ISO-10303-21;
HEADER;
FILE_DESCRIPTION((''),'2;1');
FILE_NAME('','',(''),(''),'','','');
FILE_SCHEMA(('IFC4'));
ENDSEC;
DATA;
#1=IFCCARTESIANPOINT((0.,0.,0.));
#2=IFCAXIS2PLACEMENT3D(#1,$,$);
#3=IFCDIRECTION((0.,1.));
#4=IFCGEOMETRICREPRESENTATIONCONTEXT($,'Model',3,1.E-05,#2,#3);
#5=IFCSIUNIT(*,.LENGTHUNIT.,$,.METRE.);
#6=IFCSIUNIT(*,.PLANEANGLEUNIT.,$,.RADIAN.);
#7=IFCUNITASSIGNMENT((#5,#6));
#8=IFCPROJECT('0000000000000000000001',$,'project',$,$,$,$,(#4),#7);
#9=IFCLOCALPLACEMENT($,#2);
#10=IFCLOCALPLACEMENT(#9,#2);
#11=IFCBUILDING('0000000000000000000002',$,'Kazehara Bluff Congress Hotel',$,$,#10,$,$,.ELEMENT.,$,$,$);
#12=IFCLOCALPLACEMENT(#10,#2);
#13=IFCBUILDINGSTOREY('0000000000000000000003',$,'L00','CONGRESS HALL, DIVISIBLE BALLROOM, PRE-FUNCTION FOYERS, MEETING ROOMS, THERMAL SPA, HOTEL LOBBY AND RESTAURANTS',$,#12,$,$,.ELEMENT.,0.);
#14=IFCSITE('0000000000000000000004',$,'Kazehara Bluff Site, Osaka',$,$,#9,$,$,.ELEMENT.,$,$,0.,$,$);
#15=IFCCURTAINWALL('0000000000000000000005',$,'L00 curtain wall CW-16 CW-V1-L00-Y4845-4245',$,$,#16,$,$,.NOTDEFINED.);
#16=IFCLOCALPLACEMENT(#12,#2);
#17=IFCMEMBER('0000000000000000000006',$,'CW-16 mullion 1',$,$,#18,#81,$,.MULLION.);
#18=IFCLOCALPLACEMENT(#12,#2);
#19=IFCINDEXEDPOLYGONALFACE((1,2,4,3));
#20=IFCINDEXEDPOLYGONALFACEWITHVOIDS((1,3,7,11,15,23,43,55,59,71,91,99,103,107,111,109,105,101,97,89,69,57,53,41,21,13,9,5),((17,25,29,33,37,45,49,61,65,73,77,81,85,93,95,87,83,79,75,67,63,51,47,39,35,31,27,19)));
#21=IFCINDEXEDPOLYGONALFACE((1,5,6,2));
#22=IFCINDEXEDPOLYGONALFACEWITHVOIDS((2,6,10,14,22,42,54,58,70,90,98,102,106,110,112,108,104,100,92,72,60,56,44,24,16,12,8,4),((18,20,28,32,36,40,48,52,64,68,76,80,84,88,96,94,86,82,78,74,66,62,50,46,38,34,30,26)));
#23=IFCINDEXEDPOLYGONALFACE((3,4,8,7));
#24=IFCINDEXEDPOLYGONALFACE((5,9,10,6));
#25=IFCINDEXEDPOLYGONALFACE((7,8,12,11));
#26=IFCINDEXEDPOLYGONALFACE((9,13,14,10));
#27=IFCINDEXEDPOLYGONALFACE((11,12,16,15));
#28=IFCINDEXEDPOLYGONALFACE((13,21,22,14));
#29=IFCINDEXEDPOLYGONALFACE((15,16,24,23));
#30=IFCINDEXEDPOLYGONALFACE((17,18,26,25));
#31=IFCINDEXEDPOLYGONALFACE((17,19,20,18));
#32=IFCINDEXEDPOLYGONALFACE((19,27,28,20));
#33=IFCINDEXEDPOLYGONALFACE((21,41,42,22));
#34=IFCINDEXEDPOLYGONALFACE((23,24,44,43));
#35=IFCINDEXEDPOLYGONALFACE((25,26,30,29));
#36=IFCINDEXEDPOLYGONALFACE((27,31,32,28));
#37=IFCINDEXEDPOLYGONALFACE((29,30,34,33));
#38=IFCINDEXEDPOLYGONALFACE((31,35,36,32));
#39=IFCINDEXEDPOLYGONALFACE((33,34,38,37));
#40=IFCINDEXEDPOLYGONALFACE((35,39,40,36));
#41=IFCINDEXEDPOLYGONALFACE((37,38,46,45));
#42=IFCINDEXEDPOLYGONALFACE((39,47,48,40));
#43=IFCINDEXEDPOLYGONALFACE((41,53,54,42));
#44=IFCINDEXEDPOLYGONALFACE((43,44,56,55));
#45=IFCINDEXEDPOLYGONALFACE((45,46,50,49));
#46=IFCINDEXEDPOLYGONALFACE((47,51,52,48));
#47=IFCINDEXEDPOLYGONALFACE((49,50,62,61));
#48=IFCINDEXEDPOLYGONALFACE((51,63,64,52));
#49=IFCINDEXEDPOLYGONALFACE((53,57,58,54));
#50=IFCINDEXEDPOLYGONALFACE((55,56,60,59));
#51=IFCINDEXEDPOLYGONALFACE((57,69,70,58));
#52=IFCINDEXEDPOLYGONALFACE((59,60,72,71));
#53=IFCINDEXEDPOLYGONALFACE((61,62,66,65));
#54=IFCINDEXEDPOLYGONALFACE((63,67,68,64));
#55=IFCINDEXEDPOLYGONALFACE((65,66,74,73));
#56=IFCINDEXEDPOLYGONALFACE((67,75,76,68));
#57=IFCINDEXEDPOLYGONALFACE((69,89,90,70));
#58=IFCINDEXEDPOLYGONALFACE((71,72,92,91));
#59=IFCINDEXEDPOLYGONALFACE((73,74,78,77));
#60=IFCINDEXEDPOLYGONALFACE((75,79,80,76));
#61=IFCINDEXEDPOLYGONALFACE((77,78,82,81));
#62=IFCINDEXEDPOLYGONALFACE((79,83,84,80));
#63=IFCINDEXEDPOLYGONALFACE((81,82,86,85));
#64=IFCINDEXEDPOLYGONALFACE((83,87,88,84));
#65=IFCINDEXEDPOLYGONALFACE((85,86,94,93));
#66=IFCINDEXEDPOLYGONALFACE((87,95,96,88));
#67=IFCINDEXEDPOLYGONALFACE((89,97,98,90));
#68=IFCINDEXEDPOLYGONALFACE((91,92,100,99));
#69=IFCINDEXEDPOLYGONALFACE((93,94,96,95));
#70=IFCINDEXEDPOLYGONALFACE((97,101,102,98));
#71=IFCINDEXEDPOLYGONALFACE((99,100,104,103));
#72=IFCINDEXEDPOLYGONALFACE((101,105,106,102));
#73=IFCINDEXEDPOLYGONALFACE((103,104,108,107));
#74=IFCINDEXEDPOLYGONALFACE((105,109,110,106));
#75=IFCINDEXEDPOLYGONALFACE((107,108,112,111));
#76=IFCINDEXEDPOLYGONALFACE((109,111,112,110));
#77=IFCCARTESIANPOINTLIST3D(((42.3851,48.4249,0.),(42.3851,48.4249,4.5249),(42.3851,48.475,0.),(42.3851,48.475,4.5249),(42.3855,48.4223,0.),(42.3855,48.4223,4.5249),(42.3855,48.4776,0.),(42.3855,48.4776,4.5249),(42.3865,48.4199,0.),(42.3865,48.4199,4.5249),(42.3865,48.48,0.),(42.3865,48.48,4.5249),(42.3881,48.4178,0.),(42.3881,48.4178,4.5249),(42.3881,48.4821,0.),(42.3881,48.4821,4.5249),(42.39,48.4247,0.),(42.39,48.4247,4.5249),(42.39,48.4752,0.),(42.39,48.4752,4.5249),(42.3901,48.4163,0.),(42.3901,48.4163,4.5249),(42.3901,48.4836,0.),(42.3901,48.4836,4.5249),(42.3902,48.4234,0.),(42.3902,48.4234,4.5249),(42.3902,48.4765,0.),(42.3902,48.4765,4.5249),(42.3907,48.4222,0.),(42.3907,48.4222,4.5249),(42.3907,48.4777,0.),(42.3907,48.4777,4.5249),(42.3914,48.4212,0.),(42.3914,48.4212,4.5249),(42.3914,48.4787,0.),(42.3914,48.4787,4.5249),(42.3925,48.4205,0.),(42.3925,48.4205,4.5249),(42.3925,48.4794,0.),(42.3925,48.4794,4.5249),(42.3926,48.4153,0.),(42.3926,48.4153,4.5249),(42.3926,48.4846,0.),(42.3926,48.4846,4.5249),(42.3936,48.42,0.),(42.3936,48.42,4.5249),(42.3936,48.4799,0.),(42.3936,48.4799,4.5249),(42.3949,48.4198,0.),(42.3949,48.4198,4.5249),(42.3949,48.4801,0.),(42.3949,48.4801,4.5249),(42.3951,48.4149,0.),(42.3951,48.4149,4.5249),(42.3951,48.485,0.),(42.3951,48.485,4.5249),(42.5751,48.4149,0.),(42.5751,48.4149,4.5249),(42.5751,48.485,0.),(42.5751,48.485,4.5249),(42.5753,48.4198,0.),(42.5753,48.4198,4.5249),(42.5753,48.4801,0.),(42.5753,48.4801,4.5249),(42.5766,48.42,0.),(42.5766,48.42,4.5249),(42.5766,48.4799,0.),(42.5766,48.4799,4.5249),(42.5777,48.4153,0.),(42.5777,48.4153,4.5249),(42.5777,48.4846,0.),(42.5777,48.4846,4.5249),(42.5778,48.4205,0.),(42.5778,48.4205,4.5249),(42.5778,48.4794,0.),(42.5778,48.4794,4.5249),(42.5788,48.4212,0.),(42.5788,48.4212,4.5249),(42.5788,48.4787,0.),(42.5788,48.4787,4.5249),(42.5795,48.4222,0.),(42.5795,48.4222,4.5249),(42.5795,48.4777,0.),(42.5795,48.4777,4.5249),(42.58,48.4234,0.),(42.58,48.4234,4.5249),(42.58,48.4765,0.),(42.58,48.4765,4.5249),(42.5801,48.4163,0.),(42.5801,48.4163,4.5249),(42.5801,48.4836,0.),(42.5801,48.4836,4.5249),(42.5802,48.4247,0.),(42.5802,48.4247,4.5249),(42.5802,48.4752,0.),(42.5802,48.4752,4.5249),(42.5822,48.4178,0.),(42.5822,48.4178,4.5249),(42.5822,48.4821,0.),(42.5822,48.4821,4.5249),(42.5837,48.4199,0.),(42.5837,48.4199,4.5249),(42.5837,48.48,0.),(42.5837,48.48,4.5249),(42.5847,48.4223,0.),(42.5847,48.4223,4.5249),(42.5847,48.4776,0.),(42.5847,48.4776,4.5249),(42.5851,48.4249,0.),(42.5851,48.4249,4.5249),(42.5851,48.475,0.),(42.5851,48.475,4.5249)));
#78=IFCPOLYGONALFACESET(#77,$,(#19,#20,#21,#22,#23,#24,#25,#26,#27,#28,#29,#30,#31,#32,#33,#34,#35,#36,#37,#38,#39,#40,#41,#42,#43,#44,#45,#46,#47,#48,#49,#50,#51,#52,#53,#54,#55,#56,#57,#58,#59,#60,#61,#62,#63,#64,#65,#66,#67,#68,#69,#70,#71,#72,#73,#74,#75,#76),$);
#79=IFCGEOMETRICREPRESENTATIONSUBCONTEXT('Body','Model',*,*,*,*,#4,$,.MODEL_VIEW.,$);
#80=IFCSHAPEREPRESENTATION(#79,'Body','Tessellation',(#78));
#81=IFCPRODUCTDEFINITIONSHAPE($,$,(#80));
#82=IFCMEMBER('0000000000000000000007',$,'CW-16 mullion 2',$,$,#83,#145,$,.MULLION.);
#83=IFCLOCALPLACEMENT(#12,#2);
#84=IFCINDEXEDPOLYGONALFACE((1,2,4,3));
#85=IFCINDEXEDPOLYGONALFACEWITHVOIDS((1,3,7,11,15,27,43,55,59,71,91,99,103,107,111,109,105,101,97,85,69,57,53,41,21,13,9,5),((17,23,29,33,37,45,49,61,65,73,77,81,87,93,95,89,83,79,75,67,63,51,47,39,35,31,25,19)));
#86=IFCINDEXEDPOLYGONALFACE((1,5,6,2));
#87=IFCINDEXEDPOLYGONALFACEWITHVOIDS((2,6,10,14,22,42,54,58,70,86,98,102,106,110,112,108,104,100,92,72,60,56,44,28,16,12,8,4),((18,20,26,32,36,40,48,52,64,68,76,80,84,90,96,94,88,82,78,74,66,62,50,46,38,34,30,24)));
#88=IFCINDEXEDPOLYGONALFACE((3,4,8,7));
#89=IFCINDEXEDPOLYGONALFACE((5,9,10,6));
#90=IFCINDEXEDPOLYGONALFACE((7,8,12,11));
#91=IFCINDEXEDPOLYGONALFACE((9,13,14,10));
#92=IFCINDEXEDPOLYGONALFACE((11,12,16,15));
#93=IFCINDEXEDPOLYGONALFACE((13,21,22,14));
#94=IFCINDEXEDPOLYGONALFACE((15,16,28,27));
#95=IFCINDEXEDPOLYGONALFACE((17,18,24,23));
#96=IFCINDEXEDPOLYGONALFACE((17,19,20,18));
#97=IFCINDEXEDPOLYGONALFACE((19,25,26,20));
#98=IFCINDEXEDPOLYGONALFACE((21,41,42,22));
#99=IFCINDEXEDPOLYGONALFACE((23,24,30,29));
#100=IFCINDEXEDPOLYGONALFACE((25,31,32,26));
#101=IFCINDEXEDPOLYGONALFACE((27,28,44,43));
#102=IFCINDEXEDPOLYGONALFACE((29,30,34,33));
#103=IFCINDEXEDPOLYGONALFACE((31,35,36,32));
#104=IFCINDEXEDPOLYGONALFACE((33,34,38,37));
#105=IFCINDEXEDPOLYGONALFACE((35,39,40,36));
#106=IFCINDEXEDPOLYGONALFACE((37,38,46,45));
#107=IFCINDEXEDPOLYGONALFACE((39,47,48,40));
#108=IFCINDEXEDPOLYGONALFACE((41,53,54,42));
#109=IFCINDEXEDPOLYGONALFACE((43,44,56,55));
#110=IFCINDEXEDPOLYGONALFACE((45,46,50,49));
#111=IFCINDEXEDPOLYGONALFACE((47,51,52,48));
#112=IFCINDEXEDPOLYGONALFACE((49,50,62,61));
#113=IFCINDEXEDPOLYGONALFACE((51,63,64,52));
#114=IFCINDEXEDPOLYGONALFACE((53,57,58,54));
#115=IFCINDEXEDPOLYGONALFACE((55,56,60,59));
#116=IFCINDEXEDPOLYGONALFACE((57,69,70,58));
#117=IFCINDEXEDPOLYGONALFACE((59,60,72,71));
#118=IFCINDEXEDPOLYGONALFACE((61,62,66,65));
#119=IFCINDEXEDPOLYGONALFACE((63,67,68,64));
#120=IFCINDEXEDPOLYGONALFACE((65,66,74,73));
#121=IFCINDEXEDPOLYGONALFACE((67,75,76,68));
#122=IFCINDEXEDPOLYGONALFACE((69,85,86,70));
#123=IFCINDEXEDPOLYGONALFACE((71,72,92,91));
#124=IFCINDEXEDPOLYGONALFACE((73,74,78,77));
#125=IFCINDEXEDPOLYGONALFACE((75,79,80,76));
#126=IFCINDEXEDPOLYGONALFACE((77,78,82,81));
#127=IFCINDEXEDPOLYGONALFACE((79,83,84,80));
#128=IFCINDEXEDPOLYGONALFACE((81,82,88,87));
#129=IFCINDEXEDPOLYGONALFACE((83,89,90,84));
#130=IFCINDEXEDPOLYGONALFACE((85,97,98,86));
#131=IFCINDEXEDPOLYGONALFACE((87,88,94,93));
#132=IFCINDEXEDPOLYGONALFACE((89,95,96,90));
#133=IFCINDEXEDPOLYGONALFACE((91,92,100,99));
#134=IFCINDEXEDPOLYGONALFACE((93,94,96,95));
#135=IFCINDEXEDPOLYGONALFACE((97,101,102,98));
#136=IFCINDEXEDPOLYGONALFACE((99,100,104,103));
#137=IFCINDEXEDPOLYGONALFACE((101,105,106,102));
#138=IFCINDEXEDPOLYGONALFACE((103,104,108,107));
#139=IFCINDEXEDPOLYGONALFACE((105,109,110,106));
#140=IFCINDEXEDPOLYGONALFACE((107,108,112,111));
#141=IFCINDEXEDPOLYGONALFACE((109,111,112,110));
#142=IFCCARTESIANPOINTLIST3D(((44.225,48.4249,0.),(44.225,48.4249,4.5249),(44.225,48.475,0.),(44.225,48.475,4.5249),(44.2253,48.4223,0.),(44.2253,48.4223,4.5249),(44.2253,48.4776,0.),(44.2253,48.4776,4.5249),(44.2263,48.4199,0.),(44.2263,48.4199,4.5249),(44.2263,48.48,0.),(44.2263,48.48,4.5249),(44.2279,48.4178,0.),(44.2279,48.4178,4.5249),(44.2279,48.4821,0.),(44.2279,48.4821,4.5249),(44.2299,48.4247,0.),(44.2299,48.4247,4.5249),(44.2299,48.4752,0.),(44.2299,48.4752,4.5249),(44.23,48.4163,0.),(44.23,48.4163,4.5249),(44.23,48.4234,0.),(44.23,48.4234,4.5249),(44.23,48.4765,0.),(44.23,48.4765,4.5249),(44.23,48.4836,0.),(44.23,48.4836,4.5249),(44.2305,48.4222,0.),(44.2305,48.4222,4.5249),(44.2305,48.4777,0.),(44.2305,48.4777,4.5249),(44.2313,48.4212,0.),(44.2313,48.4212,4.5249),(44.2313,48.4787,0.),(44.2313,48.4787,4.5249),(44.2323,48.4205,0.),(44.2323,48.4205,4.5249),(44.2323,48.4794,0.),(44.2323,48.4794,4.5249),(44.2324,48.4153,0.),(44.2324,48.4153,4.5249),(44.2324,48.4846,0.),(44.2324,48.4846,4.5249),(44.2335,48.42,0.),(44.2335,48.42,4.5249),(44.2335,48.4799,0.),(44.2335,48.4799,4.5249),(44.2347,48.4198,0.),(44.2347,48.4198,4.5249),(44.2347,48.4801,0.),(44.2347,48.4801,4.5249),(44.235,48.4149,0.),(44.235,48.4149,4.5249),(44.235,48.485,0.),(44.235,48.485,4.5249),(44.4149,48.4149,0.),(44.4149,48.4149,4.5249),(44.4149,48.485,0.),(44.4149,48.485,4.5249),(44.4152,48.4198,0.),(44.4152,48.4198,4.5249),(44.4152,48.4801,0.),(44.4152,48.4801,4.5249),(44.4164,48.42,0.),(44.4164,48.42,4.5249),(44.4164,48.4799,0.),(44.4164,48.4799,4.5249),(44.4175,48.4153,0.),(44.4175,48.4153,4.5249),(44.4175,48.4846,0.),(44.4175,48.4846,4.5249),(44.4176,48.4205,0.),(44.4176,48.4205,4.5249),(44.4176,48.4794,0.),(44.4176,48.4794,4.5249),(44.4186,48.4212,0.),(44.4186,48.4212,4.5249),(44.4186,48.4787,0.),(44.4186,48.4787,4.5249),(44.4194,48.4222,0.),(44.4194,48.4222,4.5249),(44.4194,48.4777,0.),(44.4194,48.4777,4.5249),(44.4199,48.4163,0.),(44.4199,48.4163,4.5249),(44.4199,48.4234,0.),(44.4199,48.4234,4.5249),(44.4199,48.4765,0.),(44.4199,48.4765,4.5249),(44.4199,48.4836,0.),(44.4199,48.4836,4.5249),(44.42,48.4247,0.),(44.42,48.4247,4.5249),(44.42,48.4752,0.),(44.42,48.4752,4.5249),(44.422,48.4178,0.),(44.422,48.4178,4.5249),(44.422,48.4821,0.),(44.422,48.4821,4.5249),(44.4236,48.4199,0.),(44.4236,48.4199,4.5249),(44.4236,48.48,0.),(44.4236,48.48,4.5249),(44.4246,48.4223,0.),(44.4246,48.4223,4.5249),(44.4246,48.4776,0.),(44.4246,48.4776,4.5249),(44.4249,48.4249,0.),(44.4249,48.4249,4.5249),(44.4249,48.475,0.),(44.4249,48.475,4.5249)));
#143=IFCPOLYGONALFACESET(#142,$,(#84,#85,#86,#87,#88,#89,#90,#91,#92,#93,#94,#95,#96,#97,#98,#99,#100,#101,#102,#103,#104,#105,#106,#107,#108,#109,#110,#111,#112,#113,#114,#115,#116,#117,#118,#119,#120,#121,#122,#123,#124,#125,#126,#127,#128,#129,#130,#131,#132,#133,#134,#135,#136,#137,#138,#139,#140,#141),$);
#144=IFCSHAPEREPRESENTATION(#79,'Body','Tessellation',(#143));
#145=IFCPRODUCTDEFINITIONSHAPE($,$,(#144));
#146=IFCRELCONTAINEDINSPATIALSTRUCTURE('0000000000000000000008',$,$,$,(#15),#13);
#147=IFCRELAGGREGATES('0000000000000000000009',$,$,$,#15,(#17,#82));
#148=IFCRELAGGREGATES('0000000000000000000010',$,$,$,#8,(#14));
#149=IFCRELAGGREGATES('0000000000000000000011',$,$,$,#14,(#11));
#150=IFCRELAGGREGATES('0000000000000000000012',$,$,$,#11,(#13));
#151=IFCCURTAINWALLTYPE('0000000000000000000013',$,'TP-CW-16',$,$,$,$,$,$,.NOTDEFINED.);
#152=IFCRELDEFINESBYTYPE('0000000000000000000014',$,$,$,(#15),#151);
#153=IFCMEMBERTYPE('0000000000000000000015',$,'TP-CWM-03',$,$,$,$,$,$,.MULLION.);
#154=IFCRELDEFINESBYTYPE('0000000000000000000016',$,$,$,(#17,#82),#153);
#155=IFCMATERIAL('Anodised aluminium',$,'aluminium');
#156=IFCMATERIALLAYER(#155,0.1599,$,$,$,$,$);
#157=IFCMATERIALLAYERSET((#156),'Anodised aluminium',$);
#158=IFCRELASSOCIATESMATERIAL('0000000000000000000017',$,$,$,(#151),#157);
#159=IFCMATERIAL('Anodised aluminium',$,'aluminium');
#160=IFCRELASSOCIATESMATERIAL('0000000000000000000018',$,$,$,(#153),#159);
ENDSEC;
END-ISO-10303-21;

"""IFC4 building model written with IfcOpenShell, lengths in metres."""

from ifc_helpers import new_model, si_unit, direction, frame, origin, origin_2d, place, context, subcontext, project, spatial, hollow_rectangle, extrude, material, layer, layer_set, material_profile, profile_set, type_object, element, aggregate, save


model = new_model("IFC4")

# Units and contexts
model_context = context("Model", 3, precision=1e-05, world=origin(), true_north=direction((0.0, 1.0)))
body_context = subcontext(model_context, "Body", "Model", "MODEL_VIEW")
ifc_project = project(units=[si_unit("LENGTHUNIT", "METRE"), si_unit("PLANEANGLEUNIT", "RADIAN")], contexts=[model_context])

# Site, building, storey
site_placement = place(None, origin())
site = spatial("IfcSite", under=ifc_project, at=site_placement, Name="Kazehara Bluff Site, Osaka", CompositionType="ELEMENT", RefElevation=0.0)
building_placement = place(site_placement, origin())
building = spatial("IfcBuilding", under=site, at=building_placement, Name="Kazehara Bluff Congress Hotel", CompositionType="ELEMENT")
storey_placement = place(building_placement, origin())
storey = spatial("IfcBuildingStorey", under=building, at=storey_placement, Name="L00", Description="CONGRESS HALL, DIVISIBLE BALLROOM, PRE-FUNCTION FOYERS, MEETING ROOMS, THERMAL SPA, HOTEL LOBBY AND RESTAURANTS", CompositionType="ELEMENT", Elevation=0.0)

# Shared definitions
ifc_material_1 = material(Name="Anodised aluminium", Category="aluminium")
ifc_layer_1 = layer(ifc_material_1, 0.1599)
ifc_layer_set_1 = layer_set([ifc_layer_1], Name="Anodised aluminium")
curtain_wall_type = type_object("IfcCurtainWallType", Name="TP-CW-16", PredefinedType="NOTDEFINED", material=ifc_layer_set_1)
ifc_material_2 = material(Name="Anodised aluminium", Category="aluminium")
ifc_material_profile_1 = material_profile(ifc_material_2, hollow_rectangle(XDim=0.0701, YDim=0.2, WallThickness=0.0049, InnerFilletRadius=0.0049, OuterFilletRadius=0.01, at=origin_2d()))
ifc_profile_set_1 = profile_set([ifc_material_profile_1], Name="Anodised aluminium")
member_type_1 = type_object("IfcMemberType", Name="TP-CWM-03", PredefinedType="MULLION", material=ifc_profile_set_1)

# Curtain wall, members
curtain_wall_1_placement = place(storey_placement, origin())
curtain_wall_1 = element("IfcCurtainWall", 1, at=curtain_wall_1_placement, inside=storey, type_object=curtain_wall_type, Name="L00 curtain wall CW-16 CW-V1-L00-Y4845-4245", PredefinedType="NOTDEFINED")
member_1_placement = place(storey_placement, frame((42.4851, 48.45, 0.0), z_axis=(0.0, 0.0, 1.0), x_axis=(0.0, 1.0, 0.0)))
member_1 = element("IfcMember", 2, at=member_1_placement, type_object=member_type_1, Name="CW-16 mullion 1", PredefinedType="MULLION", context=body_context, shape_type="SweptSolid", body=[
    extrude(hollow_rectangle(XDim=0.0701, YDim=0.2, WallThickness=0.0049, InnerFilletRadius=0.0049, OuterFilletRadius=0.01, at=origin_2d()), origin(), (0.0, 0.0, 1.0), 4.5249),
])
member_2_placement = place(storey_placement, frame((44.325, 48.45, 0.0), z_axis=(0.0, 0.0, 1.0), x_axis=(0.0, 1.0, 0.0)))
member_2 = element("IfcMember", 3, at=member_2_placement, type_object=member_type_1, Name="CW-16 mullion 2", PredefinedType="MULLION", context=body_context, shape_type="SweptSolid", body=[
    extrude(hollow_rectangle(XDim=0.0701, YDim=0.2, WallThickness=0.0049, InnerFilletRadius=0.0049, OuterFilletRadius=0.01, at=origin_2d()), origin(), (0.0, 0.0, 1.0), 4.5249),
])

aggregate(curtain_wall_1, [member_1, member_2])

save(model, "model.ifc")
